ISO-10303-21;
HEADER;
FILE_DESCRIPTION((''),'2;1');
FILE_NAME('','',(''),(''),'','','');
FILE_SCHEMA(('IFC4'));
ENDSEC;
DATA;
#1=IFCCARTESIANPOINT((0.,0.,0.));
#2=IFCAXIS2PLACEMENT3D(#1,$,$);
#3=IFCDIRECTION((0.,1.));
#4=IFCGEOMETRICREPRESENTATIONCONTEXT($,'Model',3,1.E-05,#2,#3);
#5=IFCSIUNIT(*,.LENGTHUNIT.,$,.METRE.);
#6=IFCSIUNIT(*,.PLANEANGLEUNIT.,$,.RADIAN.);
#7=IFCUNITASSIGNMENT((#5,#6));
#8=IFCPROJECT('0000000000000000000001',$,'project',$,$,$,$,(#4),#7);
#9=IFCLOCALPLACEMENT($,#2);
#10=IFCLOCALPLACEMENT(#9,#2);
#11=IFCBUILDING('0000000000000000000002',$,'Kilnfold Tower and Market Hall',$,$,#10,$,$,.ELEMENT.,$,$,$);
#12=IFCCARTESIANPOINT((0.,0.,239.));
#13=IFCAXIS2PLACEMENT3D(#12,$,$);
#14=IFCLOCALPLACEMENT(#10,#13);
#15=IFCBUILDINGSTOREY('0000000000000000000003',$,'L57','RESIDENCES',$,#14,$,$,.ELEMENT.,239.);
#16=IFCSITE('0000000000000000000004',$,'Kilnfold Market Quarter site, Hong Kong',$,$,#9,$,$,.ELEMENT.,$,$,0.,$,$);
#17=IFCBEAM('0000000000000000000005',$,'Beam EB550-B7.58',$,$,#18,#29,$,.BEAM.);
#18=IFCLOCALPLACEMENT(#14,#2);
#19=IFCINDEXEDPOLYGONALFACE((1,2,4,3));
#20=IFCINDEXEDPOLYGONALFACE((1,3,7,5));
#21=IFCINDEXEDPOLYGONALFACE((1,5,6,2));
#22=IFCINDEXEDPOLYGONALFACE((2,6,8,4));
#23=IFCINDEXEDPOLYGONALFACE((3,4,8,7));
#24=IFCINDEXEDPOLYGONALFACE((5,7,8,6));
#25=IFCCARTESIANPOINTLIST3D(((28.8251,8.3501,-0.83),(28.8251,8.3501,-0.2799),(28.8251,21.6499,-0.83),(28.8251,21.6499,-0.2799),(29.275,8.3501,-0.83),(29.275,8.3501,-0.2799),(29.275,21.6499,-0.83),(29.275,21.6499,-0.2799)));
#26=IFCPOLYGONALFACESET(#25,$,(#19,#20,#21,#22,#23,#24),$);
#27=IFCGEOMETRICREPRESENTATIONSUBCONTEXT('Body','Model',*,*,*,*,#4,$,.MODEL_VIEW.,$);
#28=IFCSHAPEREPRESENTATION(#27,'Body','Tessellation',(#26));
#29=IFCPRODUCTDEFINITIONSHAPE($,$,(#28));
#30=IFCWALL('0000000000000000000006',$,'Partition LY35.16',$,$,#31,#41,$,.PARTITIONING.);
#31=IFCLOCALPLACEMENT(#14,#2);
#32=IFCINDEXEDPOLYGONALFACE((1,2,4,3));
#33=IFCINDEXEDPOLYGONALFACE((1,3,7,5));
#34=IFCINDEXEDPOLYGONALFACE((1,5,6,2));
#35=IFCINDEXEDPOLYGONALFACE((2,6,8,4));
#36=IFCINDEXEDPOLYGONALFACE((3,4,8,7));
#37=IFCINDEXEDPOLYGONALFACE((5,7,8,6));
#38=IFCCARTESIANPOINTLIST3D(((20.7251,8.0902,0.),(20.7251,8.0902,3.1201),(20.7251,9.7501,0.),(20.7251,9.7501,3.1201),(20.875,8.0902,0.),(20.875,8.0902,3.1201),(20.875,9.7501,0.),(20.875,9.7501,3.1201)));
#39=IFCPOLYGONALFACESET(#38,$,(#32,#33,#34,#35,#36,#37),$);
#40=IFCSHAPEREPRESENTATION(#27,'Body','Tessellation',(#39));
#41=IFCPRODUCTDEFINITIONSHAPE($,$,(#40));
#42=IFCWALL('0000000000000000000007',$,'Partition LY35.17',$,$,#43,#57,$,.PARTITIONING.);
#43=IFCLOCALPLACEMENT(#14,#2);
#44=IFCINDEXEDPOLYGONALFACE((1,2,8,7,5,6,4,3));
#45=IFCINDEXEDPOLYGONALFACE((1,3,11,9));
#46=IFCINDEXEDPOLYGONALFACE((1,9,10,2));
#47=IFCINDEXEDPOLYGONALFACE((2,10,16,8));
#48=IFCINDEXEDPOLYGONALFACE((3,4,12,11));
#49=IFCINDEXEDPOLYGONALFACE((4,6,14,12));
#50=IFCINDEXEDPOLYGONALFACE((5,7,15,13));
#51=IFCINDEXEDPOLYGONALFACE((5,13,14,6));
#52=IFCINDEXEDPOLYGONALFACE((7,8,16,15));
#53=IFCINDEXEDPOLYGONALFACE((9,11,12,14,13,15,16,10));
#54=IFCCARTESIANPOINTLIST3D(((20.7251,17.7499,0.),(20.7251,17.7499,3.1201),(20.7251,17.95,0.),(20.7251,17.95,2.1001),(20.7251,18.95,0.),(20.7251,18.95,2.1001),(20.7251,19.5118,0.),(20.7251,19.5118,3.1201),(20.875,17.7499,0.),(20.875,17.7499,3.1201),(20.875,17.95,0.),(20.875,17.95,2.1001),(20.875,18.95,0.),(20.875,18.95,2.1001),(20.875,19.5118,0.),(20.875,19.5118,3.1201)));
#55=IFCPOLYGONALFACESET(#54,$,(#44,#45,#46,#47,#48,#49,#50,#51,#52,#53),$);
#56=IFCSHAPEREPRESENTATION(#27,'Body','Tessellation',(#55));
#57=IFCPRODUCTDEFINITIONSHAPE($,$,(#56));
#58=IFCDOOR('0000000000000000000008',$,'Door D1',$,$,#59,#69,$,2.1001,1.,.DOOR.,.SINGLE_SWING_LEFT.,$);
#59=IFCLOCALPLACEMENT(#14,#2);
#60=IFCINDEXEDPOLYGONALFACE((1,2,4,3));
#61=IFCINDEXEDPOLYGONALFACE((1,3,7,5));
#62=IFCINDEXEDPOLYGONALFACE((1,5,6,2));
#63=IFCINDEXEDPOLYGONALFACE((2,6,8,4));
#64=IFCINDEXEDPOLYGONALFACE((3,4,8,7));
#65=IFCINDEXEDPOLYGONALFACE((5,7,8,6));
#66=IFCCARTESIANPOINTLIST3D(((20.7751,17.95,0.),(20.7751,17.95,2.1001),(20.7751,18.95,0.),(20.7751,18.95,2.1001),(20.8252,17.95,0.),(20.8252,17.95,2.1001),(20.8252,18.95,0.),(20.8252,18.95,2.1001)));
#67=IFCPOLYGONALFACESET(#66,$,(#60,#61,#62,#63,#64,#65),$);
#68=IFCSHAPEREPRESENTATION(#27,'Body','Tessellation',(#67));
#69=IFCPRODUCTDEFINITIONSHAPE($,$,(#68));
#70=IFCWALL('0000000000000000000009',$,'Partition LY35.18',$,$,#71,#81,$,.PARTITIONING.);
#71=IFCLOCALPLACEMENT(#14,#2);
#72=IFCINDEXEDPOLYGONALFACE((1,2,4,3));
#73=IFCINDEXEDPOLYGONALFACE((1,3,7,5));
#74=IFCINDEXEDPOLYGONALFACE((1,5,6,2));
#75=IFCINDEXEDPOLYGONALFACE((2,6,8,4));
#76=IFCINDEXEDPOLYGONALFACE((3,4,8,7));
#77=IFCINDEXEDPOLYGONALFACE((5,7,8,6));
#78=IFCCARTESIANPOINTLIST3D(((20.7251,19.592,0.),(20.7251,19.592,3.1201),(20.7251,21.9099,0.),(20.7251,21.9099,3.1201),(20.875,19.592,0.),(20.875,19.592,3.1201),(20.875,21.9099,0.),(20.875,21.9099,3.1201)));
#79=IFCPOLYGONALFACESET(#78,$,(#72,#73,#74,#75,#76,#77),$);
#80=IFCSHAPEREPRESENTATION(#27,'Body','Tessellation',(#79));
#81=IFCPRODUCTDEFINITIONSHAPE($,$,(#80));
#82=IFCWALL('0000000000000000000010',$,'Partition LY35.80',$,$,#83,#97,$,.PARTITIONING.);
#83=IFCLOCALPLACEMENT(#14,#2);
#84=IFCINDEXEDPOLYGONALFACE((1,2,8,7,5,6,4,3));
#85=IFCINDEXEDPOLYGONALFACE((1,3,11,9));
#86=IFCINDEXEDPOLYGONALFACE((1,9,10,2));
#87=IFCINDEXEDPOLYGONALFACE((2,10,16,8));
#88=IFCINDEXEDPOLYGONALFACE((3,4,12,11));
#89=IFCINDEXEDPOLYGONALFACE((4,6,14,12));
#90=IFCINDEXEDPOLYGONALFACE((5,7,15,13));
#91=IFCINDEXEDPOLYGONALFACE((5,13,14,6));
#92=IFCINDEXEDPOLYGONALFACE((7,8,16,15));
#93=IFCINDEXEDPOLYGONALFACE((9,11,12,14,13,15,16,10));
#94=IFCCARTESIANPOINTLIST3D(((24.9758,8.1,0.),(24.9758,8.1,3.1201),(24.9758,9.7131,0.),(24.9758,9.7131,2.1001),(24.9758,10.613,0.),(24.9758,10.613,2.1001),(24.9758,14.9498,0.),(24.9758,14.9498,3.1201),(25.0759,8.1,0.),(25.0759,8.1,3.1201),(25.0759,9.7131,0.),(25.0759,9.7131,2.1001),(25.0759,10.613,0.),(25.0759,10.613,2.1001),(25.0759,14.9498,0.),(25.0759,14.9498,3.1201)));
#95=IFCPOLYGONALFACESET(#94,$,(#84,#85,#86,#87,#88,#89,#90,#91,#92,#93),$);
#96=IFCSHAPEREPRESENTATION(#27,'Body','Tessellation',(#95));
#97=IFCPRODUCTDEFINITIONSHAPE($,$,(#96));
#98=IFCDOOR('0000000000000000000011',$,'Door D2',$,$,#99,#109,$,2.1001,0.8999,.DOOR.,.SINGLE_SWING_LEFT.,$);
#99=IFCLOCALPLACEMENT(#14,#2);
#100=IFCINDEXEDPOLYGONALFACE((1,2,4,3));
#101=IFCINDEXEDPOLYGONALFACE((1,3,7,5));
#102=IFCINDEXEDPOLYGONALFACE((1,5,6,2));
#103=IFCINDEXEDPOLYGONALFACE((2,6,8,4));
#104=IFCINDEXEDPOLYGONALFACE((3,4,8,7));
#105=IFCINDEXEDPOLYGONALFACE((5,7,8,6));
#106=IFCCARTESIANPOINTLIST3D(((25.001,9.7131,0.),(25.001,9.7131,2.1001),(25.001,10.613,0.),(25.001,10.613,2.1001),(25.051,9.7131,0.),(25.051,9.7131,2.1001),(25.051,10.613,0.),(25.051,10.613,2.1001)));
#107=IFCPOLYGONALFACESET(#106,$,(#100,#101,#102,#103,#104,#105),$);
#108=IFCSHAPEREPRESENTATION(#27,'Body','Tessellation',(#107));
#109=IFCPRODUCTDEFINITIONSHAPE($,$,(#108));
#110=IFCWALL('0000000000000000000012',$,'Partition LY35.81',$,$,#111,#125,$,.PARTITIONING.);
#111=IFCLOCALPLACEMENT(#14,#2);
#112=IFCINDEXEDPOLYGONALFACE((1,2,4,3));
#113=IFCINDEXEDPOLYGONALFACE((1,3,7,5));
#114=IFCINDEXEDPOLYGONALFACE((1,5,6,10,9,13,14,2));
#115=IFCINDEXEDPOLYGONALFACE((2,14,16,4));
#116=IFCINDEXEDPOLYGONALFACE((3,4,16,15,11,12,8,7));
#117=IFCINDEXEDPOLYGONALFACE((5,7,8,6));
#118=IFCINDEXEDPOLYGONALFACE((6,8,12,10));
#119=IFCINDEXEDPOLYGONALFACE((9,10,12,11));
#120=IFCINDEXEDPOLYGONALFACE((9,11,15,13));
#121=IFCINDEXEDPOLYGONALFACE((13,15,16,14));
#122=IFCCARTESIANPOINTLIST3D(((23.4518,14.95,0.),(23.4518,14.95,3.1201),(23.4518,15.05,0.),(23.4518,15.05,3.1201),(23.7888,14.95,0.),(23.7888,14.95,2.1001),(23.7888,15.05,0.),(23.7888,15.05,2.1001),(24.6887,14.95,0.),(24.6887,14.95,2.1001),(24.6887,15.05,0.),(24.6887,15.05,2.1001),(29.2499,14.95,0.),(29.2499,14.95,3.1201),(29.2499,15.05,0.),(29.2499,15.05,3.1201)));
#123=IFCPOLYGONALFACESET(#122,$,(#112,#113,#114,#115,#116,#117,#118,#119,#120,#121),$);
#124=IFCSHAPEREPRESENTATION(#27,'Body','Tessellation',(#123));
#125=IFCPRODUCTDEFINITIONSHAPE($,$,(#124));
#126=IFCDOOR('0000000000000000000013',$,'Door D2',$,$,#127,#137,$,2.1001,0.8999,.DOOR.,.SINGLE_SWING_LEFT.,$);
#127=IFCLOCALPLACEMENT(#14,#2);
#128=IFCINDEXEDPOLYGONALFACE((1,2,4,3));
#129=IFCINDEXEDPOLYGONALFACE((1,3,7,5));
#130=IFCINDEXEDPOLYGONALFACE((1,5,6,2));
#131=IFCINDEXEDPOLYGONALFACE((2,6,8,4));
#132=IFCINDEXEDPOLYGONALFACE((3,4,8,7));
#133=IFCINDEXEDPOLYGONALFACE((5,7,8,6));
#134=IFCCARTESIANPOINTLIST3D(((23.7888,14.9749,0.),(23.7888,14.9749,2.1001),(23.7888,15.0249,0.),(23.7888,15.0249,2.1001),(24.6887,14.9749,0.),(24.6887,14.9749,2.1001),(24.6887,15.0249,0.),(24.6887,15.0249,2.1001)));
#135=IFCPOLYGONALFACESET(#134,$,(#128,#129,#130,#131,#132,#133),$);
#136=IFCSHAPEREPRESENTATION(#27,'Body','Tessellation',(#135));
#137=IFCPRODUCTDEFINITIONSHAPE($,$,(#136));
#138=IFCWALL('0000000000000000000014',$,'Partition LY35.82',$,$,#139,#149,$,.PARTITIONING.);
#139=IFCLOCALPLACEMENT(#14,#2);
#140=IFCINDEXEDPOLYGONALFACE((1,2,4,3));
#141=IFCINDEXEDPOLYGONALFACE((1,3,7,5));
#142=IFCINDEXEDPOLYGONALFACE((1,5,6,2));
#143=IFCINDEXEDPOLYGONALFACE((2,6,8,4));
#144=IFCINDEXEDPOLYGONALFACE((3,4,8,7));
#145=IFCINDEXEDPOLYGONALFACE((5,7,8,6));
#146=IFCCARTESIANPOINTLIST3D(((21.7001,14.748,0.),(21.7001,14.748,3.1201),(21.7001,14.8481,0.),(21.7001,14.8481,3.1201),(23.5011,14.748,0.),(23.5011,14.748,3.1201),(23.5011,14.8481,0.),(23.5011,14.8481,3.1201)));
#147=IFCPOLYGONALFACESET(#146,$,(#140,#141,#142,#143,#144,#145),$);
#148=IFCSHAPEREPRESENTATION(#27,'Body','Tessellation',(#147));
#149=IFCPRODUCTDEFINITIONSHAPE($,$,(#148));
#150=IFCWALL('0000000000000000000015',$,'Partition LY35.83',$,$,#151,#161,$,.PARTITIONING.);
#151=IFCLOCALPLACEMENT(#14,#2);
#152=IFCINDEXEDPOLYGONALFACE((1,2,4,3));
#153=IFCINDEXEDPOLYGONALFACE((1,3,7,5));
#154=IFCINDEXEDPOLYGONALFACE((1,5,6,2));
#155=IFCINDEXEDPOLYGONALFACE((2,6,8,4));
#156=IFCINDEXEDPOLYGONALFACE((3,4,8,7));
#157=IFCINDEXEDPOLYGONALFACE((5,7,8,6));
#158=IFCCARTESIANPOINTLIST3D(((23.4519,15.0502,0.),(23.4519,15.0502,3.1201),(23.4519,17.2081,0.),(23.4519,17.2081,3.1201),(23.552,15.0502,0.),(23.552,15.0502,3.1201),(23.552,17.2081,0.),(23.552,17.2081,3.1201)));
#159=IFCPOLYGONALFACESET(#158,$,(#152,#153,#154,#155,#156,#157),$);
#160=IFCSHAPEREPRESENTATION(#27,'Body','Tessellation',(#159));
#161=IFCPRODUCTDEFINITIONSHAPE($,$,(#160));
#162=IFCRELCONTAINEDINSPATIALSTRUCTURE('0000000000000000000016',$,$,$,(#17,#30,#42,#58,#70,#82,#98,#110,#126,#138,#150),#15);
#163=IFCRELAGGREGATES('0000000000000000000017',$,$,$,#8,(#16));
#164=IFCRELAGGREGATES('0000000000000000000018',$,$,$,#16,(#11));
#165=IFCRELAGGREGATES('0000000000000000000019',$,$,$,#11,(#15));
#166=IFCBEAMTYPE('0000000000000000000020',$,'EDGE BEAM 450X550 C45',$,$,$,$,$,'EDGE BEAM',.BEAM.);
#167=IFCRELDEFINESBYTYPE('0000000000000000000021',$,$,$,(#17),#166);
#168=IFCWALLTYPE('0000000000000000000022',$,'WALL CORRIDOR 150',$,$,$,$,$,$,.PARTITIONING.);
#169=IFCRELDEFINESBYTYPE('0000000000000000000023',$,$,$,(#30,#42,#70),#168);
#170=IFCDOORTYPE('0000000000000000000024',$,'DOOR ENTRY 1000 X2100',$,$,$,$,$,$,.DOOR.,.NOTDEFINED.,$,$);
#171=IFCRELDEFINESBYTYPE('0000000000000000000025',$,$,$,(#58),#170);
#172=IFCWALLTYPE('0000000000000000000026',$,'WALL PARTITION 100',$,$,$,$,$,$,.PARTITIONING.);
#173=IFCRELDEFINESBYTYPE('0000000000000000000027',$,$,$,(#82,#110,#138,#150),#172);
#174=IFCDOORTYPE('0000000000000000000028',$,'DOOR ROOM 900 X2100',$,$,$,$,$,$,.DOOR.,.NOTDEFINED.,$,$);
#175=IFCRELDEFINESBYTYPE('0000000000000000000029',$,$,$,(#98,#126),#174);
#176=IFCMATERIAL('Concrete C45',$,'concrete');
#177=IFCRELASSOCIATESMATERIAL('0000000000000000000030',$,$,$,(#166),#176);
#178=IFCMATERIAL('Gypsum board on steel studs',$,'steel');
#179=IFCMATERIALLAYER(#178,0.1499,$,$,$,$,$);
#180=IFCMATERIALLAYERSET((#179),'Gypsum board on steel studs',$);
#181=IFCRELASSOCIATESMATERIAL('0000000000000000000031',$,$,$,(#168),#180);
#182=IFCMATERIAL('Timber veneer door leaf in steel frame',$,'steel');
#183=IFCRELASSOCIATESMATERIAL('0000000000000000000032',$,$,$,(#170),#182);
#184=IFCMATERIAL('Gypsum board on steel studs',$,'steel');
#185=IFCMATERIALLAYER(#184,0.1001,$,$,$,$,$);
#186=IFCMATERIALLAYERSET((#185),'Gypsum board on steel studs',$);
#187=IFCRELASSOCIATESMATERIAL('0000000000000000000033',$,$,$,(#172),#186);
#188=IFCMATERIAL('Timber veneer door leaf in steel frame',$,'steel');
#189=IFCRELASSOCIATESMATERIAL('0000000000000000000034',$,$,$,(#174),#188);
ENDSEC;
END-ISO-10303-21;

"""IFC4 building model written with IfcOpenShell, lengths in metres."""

from ifc_helpers import new_model, si_unit, direction, frame, frame_2d, origin, origin_2d, place, context, subcontext, project, spatial, rectangle, extrude, source, transform, mapped, material, layer, layer_set, material_profile, profile_set, type_object, element, fill, save


model = new_model("IFC4")

# Units and contexts
model_context = context("Model", 3, precision=1e-05, world=origin(), true_north=direction((0.0, 1.0)))
body_context = subcontext(model_context, "Body", "Model", "MODEL_VIEW")
ifc_project = project(units=[si_unit("LENGTHUNIT", "METRE"), si_unit("PLANEANGLEUNIT", "RADIAN")], contexts=[model_context])

# Site, building, storey
site_placement = place(None, origin())
site = spatial("IfcSite", under=ifc_project, at=site_placement, Name="Kilnfold Market Quarter site, Hong Kong", CompositionType="ELEMENT", RefElevation=0.0)
building_placement = place(site_placement, origin())
building = spatial("IfcBuilding", under=site, at=building_placement, Name="Kilnfold Tower and Market Hall", CompositionType="ELEMENT")
storey_placement = place(building_placement, frame((0.0, 0.0, 239.0)))
storey = spatial("IfcBuildingStorey", under=building, at=storey_placement, Name="L57", Description="RESIDENCES", CompositionType="ELEMENT", Elevation=239.0)

# Beam
ifc_material_1 = material(Name="Concrete C45", Category="concrete")
ifc_material_profile_1 = material_profile(ifc_material_1, rectangle(XDim=0.45, YDim=0.55, at=origin_2d()), Name="RC 450x550")
ifc_profile_set_1 = profile_set([ifc_material_profile_1], Name="Concrete C45")
beam_type = type_object("IfcBeamType", Name="EDGE BEAM 450X550 C45", ElementType="EDGE BEAM", PredefinedType="BEAM", material=ifc_profile_set_1)
shared_shape_1 = source(origin(), body_context, "Body", "SweptSolid", [
    extrude(rectangle(XDim=0.45, YDim=0.55, at=origin_2d()), origin(), (0.0, 0.0, 1.0), 13.2998),
])
beam_placement = place(storey_placement, frame((29.05, 8.3501, -0.5549), z_axis=(0.0, 1.0, 0.0), x_axis=(-1.0, 0.0, 0.0)))
element("IfcBeam", 1, at=beam_placement, inside=storey, type_object=beam_type, Name="Beam EB550-B7.58", PredefinedType="BEAM", context=body_context, shape_type="MappedRepresentation", body=[
    mapped(shared_shape_1, transform((0.0, 0.0, 0.0))),
])

# Wall
ifc_material_2 = material(Name="Gypsum board on steel studs", Category="steel")
ifc_layer_1 = layer(ifc_material_2, 0.1499)
ifc_layer_set_1 = layer_set([ifc_layer_1], Name="Gypsum board on steel studs")
wall_type_1 = type_object("IfcWallType", Name="WALL CORRIDOR 150", PredefinedType="PARTITIONING", material=ifc_layer_set_1)
wall_1_placement = place(storey_placement, frame((20.8, 8.0901, 0.0), z_axis=(0.0, 0.0, 1.0), x_axis=(0.0, 1.0, 0.0)))
element("IfcWall", 2, at=wall_1_placement, inside=storey, type_object=wall_type_1, Name="Partition LY35.16", PredefinedType="PARTITIONING", context=body_context, shape_type="SweptSolid", body=[
    extrude(rectangle(XDim=1.6599, YDim=0.1499, at=frame_2d((0.8301, 0.0))), origin(), (0.0, 0.0, 1.0), 3.1201),
])

# Wall, opening, door
wall_2_placement = place(storey_placement, frame((20.8, 17.75, 0.0), z_axis=(0.0, 0.0, 1.0), x_axis=(0.0, 1.0, 0.0)))
wall_2 = element("IfcWall", 3, at=wall_2_placement, inside=storey, type_object=wall_type_1, Name="Partition LY35.17", PredefinedType="PARTITIONING", context=body_context, shape_type="SweptSolid", body=[
    extrude(rectangle(XDim=1.762, YDim=0.1499, at=frame_2d((0.8809, 0.0))), origin(), (0.0, 0.0, 1.0), 3.1201),
])
opening_1_placement = place(wall_2_placement, frame((0.2, 0.0, 0.0)))
opening_1 = element("IfcOpeningElement", 4, at=opening_1_placement, cuts=wall_2, PredefinedType="OPENING", context=body_context, shape_type="SweptSolid", body=[
    extrude(rectangle(XDim=1.0, YDim=2.1001, at=frame_2d((0.5, 1.05))), frame((0.0, 0.085, 0.0), z_axis=(0.0, -1.0, 0.0), x_axis=(1.0, 0.0, 0.0)), (0.0, 0.0, 1.0), 0.1699),
])
ifc_material_3 = material(Name="Timber veneer door leaf in steel frame", Category="steel")
door_type_1 = type_object("IfcDoorType", Name="DOOR ENTRY 1000 X2100", OperationType="NOTDEFINED", PredefinedType="DOOR", material=ifc_material_3)
door_1_placement = place(opening_1_placement, origin())
door_1 = element("IfcDoor", 5, at=door_1_placement, inside=storey, type_object=door_type_1, Name="Door D1", OperationType="SINGLE_SWING_LEFT", OverallHeight=2.1001, OverallWidth=1.0, PredefinedType="DOOR", context=body_context, shape_type="SweptSolid", body=[
    extrude(rectangle(XDim=1.0, YDim=2.1001, at=frame_2d((0.5, 1.05))), frame((0.0, 0.0249, 0.0), z_axis=(0.0, -1.0, 0.0), x_axis=(1.0, 0.0, 0.0)), (0.0, 0.0, 1.0), 0.05),
])
fill(opening_1, door_1)

# Wall
wall_3_placement = place(storey_placement, frame((20.8, 19.592, 0.0), z_axis=(0.0, 0.0, 1.0), x_axis=(0.0, 1.0, 0.0)))
element("IfcWall", 6, at=wall_3_placement, inside=storey, type_object=wall_type_1, Name="Partition LY35.18", PredefinedType="PARTITIONING", context=body_context, shape_type="SweptSolid", body=[
    extrude(rectangle(XDim=2.3179, YDim=0.1499, at=frame_2d((1.1589, 0.0))), origin(), (0.0, 0.0, 1.0), 3.1201),
])

# Walls, openings, doors
ifc_material_4 = material(Name="Gypsum board on steel studs", Category="steel")
ifc_layer_2 = layer(ifc_material_4, 0.1001)
ifc_layer_set_2 = layer_set([ifc_layer_2], Name="Gypsum board on steel studs")
wall_type_2 = type_object("IfcWallType", Name="WALL PARTITION 100", PredefinedType="PARTITIONING", material=ifc_layer_set_2)
wall_4_placement = place(storey_placement, frame((25.0259, 8.1001, 0.0), z_axis=(0.0, 0.0, 1.0), x_axis=(0.0, 1.0, 0.0)))
wall_4 = element("IfcWall", 7, at=wall_4_placement, inside=storey, type_object=wall_type_2, Name="Partition LY35.80", PredefinedType="PARTITIONING", context=body_context, shape_type="SweptSolid", body=[
    extrude(rectangle(XDim=6.8499, YDim=0.1001, at=frame_2d((3.4248, 0.0))), origin(), (0.0, 0.0, 1.0), 3.1201),
])
opening_2_placement = place(wall_4_placement, frame((1.613, 0.0, 0.0)))
opening_2 = element("IfcOpeningElement", 8, at=opening_2_placement, cuts=wall_4, PredefinedType="OPENING", context=body_context, shape_type="SweptSolid", body=[
    extrude(rectangle(XDim=0.8999, YDim=2.1001, at=frame_2d((0.45, 1.05))), frame((0.0, 0.0601, 0.0), z_axis=(0.0, -1.0, 0.0), x_axis=(1.0, 0.0, 0.0)), (0.0, 0.0, 1.0), 0.1201),
])
ifc_material_5 = material(Name="Timber veneer door leaf in steel frame", Category="steel")
door_type_2 = type_object("IfcDoorType", Name="DOOR ROOM 900 X2100", OperationType="NOTDEFINED", PredefinedType="DOOR", material=ifc_material_5)
door_2_placement = place(opening_2_placement, origin())
door_2 = element("IfcDoor", 9, at=door_2_placement, inside=storey, type_object=door_type_2, Name="Door D2", OperationType="SINGLE_SWING_LEFT", OverallHeight=2.1001, OverallWidth=0.8999, PredefinedType="DOOR", context=body_context, shape_type="SweptSolid", body=[
    extrude(rectangle(XDim=0.8999, YDim=2.1001, at=frame_2d((0.45, 1.05))), frame((0.0, 0.0249, 0.0), z_axis=(0.0, -1.0, 0.0), x_axis=(1.0, 0.0, 0.0)), (0.0, 0.0, 1.0), 0.05),
])
fill(opening_2, door_2)
wall_5_placement = place(storey_placement, frame((23.4519, 15.0, 0.0), z_axis=(0.0, 0.0, 1.0), x_axis=(1.0, 0.0, 0.0)))
wall_5 = element("IfcWall", 10, at=wall_5_placement, inside=storey, type_object=wall_type_2, Name="Partition LY35.81", PredefinedType="PARTITIONING", context=body_context, shape_type="SweptSolid", body=[
    extrude(rectangle(XDim=5.7981, YDim=0.1001, at=frame_2d((2.8989, 0.0))), origin(), (0.0, 0.0, 1.0), 3.1201),
])
opening_3_placement = place(wall_5_placement, frame((0.3369, 0.0, 0.0)))
opening_3 = element("IfcOpeningElement", 11, at=opening_3_placement, cuts=wall_5, PredefinedType="OPENING", context=body_context, shape_type="SweptSolid", body=[
    extrude(rectangle(XDim=0.8999, YDim=2.1001, at=frame_2d((0.45, 1.05))), frame((0.0, 0.0601, 0.0), z_axis=(0.0, -1.0, 0.0), x_axis=(1.0, 0.0, 0.0)), (0.0, 0.0, 1.0), 0.1201),
])
door_3_placement = place(opening_3_placement, origin())
door_3 = element("IfcDoor", 12, at=door_3_placement, inside=storey, type_object=door_type_2, Name="Door D2", OperationType="SINGLE_SWING_LEFT", OverallHeight=2.1001, OverallWidth=0.8999, PredefinedType="DOOR", context=body_context, shape_type="SweptSolid", body=[
    extrude(rectangle(XDim=0.8999, YDim=2.1001, at=frame_2d((0.45, 1.05))), frame((0.0, 0.0249, 0.0), z_axis=(0.0, -1.0, 0.0), x_axis=(1.0, 0.0, 0.0)), (0.0, 0.0, 1.0), 0.05),
])
fill(opening_3, door_3)

# Walls
wall_6_placement = place(storey_placement, frame((23.501, 14.7981, 0.0), z_axis=(0.0, 0.0, 1.0), x_axis=(-1.0, 0.0, 0.0)))
element("IfcWall", 13, at=wall_6_placement, inside=storey, type_object=wall_type_2, Name="Partition LY35.82", PredefinedType="PARTITIONING", context=body_context, shape_type="SweptSolid", body=[
    extrude(rectangle(XDim=1.801, YDim=0.1001, at=frame_2d((0.9004, 0.0))), origin(), (0.0, 0.0, 1.0), 3.1201),
])
wall_7_placement = place(storey_placement, frame((23.502, 15.05, 0.0), z_axis=(0.0, 0.0, 1.0), x_axis=(0.0, 1.0, 0.0)))
element("IfcWall", 14, at=wall_7_placement, inside=storey, type_object=wall_type_2, Name="Partition LY35.83", PredefinedType="PARTITIONING", context=body_context, shape_type="SweptSolid", body=[
    extrude(rectangle(XDim=2.158, YDim=0.1001, at=frame_2d((1.0791, 0.0))), origin(), (0.0, 0.0, 1.0), 3.1201),
])

save(model, "model.ifc")
